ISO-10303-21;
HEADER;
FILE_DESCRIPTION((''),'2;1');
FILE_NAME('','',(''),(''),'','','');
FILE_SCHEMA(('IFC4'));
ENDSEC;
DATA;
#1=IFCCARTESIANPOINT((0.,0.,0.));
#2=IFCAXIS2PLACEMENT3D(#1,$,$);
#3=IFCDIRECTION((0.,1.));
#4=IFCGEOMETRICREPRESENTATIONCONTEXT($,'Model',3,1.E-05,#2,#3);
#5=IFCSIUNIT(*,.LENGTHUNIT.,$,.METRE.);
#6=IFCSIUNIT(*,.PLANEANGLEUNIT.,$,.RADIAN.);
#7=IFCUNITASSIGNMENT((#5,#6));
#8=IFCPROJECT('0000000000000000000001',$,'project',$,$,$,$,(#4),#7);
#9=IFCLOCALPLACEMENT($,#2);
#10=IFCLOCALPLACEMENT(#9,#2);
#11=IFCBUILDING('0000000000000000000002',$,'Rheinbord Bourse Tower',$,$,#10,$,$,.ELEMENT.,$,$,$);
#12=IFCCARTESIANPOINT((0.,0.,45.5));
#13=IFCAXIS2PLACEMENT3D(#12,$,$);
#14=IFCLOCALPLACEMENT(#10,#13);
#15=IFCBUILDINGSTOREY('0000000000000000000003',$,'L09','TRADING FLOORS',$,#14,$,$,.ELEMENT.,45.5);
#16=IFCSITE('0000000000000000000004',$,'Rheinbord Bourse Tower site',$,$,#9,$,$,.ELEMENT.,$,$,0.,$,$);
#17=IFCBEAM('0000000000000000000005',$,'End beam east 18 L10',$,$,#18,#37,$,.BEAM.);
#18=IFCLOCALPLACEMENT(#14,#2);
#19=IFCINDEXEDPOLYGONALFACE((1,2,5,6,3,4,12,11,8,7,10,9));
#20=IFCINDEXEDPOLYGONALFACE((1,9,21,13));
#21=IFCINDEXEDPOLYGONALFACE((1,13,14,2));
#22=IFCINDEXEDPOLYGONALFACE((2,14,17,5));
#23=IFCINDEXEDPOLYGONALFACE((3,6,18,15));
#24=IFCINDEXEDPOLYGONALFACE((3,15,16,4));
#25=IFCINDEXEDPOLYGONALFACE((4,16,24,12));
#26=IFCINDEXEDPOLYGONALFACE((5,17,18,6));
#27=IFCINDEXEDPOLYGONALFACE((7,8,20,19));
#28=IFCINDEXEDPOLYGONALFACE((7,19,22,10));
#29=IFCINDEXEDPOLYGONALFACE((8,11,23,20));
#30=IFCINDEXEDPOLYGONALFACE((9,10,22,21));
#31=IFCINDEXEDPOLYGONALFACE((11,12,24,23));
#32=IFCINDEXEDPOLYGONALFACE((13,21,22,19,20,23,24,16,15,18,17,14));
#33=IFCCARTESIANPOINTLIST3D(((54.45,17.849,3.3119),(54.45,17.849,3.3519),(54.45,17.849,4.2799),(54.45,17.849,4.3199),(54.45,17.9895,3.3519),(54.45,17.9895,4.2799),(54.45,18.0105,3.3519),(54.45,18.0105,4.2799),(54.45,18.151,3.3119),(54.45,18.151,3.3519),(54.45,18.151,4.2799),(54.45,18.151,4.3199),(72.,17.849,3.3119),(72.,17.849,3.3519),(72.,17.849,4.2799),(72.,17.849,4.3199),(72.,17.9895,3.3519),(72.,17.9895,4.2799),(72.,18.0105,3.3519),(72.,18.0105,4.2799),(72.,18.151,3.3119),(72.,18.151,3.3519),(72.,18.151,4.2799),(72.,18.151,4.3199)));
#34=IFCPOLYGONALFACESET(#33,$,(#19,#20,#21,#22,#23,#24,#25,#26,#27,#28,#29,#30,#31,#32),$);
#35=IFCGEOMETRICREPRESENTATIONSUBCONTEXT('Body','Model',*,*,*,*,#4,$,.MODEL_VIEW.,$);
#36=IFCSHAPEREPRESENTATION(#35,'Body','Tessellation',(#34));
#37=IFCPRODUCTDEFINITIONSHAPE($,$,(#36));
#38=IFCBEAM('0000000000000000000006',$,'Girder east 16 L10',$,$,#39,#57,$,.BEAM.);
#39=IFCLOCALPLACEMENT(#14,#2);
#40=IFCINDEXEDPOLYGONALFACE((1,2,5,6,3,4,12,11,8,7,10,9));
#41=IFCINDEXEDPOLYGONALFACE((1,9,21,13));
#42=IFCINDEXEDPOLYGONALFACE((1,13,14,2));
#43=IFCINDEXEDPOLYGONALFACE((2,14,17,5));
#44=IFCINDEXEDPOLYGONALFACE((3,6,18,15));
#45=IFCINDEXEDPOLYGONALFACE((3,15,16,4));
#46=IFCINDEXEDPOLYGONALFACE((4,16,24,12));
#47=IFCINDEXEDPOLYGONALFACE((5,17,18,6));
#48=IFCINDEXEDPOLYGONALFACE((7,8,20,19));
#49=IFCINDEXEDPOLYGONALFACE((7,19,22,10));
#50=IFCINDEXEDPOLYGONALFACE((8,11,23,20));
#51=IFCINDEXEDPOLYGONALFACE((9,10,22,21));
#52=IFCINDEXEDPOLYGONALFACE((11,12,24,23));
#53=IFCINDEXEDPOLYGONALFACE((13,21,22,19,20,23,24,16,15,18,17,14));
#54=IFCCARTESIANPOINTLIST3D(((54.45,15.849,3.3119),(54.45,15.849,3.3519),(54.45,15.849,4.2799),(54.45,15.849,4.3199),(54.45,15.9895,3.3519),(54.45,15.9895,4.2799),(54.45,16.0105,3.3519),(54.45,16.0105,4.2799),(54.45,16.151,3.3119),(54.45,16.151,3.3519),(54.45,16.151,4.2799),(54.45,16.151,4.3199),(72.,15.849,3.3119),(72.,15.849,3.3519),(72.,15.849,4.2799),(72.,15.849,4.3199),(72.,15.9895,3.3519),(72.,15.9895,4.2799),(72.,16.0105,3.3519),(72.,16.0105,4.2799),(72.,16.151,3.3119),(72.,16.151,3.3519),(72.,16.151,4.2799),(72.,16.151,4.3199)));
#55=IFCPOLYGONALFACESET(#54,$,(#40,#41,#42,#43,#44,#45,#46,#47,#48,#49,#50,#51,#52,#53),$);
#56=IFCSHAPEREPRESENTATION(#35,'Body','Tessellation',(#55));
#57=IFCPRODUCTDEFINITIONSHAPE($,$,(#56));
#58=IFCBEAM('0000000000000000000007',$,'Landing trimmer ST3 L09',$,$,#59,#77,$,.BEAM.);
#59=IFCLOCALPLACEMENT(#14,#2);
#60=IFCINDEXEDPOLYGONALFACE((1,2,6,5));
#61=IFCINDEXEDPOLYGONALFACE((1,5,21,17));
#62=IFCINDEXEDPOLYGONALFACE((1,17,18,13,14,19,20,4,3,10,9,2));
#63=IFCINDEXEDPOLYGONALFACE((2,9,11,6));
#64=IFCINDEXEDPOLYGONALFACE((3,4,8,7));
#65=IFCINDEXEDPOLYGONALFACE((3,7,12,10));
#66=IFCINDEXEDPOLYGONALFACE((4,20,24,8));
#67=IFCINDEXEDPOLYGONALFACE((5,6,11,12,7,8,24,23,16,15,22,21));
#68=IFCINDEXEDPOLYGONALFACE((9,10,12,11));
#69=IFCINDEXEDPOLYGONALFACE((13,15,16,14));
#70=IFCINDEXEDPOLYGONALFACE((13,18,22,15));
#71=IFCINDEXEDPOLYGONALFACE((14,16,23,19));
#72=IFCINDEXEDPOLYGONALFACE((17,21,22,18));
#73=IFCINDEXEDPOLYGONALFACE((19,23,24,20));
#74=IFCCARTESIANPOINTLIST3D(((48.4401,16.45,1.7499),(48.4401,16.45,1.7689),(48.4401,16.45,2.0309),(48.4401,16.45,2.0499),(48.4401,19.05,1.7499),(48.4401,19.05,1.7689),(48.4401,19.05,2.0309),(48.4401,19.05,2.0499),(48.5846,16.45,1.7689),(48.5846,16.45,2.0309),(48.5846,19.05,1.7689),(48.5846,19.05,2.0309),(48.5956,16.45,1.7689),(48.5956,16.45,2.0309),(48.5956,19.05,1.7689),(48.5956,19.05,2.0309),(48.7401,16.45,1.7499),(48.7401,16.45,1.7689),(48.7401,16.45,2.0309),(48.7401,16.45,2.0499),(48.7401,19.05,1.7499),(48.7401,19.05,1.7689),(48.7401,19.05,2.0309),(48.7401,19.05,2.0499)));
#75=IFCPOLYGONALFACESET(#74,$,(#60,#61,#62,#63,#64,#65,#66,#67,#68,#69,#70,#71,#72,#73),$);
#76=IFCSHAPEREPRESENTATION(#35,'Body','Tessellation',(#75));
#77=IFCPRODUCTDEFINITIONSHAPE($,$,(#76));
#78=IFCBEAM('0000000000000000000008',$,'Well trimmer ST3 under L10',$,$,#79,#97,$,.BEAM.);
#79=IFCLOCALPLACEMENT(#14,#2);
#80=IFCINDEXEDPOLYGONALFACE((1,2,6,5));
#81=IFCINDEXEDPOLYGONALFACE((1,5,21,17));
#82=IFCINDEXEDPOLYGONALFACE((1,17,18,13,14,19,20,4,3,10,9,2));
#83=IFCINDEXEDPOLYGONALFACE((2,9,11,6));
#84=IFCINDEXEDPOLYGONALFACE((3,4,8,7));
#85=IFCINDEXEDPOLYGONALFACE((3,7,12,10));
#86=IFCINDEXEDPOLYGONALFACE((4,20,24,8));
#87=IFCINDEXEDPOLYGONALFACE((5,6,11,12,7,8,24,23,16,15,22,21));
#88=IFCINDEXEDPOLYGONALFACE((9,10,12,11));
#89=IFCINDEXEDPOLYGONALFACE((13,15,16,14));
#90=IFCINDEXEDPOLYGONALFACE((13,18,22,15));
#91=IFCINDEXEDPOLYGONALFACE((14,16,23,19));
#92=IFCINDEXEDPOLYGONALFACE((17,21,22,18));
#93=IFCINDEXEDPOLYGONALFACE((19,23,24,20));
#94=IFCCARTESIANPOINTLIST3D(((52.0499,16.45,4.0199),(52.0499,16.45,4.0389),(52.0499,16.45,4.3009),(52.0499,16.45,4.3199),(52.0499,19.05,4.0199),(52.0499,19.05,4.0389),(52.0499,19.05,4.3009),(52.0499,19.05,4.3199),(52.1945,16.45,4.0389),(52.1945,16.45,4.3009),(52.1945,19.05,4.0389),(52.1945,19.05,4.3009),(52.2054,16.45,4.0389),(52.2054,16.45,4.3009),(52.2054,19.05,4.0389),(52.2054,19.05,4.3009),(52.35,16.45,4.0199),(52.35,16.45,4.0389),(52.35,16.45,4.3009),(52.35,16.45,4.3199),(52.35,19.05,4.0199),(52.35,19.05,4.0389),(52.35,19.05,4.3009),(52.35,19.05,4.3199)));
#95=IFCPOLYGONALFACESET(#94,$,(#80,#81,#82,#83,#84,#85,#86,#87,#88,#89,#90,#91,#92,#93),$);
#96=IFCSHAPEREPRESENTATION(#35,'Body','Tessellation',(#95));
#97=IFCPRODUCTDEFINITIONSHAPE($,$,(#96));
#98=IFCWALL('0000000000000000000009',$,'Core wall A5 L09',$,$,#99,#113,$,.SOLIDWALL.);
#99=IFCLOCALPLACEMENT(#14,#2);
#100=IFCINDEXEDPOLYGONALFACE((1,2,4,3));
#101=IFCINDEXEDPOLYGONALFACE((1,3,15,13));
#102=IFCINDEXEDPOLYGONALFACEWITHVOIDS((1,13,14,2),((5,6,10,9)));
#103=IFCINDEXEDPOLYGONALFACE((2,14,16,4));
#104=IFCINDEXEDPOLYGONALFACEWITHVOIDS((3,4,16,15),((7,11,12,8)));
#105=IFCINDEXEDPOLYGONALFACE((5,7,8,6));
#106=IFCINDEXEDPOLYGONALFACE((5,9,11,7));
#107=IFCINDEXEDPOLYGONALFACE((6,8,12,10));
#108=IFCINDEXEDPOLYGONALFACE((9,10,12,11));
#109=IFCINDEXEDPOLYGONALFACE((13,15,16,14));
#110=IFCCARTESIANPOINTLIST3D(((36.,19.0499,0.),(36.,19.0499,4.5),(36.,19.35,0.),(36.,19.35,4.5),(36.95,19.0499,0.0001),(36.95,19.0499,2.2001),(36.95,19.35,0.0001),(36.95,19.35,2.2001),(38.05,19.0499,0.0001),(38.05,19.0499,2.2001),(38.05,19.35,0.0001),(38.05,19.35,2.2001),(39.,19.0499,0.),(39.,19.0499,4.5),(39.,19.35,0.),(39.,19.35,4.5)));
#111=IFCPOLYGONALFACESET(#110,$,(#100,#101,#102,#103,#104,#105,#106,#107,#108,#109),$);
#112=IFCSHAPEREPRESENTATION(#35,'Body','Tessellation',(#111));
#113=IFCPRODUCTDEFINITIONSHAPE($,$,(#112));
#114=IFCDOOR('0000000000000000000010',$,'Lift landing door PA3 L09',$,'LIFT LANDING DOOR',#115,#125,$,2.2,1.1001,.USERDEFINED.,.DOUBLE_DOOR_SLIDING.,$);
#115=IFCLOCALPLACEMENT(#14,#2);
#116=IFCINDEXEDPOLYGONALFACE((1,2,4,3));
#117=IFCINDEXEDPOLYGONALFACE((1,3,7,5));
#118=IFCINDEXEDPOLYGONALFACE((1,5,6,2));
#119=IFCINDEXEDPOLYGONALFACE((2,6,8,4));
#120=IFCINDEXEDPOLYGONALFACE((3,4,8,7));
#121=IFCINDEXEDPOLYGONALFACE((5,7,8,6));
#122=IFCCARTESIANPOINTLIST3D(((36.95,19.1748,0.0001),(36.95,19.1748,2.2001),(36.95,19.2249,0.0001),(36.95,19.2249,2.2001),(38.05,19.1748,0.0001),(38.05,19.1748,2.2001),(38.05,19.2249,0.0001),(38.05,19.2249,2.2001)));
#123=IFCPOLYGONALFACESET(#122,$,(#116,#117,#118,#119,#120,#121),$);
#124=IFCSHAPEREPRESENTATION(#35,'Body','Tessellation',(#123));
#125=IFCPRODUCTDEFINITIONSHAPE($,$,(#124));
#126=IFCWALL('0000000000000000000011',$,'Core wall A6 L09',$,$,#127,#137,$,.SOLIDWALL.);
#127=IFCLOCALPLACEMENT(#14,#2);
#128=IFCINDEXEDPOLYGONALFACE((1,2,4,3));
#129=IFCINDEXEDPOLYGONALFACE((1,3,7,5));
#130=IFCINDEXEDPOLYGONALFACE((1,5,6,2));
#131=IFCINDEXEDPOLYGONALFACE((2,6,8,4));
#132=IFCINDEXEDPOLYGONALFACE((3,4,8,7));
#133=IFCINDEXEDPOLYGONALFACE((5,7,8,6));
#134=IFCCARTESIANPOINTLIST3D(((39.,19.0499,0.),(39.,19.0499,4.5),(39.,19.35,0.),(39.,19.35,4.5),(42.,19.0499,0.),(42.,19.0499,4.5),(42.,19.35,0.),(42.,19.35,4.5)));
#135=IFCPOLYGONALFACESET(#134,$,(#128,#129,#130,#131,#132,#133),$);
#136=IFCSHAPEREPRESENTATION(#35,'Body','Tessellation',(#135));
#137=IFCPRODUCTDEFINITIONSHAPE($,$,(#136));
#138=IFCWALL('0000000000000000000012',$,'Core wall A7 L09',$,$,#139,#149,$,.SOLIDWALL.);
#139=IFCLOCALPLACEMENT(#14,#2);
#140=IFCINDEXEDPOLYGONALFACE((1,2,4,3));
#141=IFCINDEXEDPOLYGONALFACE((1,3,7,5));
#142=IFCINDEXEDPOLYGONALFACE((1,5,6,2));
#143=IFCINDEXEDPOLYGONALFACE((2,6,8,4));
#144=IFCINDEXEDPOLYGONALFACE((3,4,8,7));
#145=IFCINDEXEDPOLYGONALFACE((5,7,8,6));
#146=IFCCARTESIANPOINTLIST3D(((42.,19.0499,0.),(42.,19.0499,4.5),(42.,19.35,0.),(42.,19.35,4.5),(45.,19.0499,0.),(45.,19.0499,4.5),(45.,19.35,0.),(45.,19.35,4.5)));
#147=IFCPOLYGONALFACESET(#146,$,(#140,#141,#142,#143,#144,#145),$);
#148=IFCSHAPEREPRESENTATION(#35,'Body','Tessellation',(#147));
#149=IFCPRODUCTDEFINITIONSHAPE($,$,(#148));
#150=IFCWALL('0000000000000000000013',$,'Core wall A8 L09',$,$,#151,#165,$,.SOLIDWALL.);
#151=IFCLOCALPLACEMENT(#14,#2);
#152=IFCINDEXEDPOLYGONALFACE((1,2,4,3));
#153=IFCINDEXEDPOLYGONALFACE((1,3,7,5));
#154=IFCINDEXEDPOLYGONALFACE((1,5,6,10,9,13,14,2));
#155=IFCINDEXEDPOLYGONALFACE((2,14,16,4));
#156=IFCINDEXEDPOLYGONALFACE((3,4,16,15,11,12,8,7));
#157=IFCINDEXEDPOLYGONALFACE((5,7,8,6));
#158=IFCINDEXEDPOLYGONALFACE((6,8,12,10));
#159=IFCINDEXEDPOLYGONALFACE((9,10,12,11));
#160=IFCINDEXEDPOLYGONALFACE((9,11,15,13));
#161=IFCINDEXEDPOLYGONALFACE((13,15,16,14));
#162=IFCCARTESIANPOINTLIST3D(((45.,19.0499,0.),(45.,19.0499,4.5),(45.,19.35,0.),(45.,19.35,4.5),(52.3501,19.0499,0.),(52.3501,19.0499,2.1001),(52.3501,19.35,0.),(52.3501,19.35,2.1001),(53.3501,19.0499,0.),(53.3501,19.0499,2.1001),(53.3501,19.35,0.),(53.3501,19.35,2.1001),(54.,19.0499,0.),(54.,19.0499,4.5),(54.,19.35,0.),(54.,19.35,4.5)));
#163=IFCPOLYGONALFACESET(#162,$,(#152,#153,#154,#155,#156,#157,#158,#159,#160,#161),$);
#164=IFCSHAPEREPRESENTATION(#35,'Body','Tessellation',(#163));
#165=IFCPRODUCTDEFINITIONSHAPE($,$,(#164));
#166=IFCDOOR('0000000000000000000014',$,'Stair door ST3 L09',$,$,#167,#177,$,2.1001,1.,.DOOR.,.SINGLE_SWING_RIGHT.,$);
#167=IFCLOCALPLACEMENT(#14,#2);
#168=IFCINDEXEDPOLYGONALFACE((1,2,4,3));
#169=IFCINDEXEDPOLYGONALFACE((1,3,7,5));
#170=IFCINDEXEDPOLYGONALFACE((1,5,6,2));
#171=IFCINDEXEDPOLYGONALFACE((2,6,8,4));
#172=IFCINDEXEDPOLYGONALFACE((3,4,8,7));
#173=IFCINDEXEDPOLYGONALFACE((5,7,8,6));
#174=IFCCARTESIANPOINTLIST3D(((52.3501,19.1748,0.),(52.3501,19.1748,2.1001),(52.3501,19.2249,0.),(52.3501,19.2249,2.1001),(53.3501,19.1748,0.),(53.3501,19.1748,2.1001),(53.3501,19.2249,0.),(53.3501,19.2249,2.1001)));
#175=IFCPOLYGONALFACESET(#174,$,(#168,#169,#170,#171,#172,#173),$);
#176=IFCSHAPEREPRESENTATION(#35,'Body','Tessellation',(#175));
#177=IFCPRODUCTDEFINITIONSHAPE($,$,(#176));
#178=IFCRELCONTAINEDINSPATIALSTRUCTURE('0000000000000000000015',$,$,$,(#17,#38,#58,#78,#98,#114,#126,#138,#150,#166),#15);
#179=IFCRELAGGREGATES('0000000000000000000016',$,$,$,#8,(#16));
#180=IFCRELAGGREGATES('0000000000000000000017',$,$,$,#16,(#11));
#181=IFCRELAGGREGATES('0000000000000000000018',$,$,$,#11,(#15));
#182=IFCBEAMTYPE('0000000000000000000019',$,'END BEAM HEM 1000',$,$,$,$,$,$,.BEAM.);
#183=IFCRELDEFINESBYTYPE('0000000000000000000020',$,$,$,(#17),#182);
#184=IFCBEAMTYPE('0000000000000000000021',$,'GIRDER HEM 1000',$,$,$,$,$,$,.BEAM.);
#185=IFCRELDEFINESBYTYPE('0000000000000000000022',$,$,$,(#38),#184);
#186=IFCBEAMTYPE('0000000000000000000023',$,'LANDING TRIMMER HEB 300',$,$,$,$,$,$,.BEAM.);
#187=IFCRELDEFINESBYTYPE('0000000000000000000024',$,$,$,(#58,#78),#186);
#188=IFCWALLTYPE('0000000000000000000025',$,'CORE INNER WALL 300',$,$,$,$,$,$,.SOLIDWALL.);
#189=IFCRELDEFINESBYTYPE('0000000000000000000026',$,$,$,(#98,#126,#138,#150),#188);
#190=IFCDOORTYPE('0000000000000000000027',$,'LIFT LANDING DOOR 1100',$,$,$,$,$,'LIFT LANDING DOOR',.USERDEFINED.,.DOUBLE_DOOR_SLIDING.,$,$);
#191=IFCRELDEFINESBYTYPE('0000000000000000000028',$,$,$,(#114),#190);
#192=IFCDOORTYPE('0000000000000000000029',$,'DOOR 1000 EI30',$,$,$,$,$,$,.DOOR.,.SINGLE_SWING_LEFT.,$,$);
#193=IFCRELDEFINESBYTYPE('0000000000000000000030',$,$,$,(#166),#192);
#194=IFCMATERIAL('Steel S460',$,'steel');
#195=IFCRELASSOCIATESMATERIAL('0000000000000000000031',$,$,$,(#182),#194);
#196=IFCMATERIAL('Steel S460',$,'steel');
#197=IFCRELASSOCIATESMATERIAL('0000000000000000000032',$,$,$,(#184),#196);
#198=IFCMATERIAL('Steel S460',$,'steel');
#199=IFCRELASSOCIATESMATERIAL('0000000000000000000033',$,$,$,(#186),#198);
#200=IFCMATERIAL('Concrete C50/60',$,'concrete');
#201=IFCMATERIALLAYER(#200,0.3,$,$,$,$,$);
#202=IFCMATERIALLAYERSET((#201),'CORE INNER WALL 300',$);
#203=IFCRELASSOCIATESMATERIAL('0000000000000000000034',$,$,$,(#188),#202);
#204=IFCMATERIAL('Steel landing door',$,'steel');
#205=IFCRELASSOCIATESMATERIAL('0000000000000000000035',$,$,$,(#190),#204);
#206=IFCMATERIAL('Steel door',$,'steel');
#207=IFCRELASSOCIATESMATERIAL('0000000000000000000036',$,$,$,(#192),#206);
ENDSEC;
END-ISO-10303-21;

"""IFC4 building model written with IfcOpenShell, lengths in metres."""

from ifc_helpers import new_model, si_unit, direction, frame, frame_2d, origin, origin_2d, place, context, subcontext, project, spatial, rectangle, i_section, extrude, material, layer, layer_set, material_profile, profile_set, type_object, element, fill, save


model = new_model("IFC4")

# Units and contexts
model_context = context("Model", 3, precision=1e-05, world=origin(), true_north=direction((0.0, 1.0)))
body_context = subcontext(model_context, "Body", "Model", "MODEL_VIEW")
ifc_project = project(units=[si_unit("LENGTHUNIT", "METRE"), si_unit("PLANEANGLEUNIT", "RADIAN")], contexts=[model_context])

# Site, building, storey
site_placement = place(None, origin())
site = spatial("IfcSite", under=ifc_project, at=site_placement, Name="Rheinbord Bourse Tower site", CompositionType="ELEMENT", RefElevation=0.0)
building_placement = place(site_placement, origin())
building = spatial("IfcBuilding", under=site, at=building_placement, Name="Rheinbord Bourse Tower", CompositionType="ELEMENT")
storey_placement = place(building_placement, frame((0.0, 0.0, 45.5)))
storey = spatial("IfcBuildingStorey", under=building, at=storey_placement, Name="L09", Description="TRADING FLOORS", CompositionType="ELEMENT", Elevation=45.5)

# Beams
ifc_material_1 = material(Name="Steel S460", Category="steel")
ifc_material_profile_1 = material_profile(ifc_material_1, i_section(OverallWidth=0.302, OverallDepth=1.0081, WebThickness=0.021, FlangeThickness=0.04, at=origin_2d()), Name="HEM 1000")
ifc_profile_set_1 = profile_set([ifc_material_profile_1], Name="Steel S460")
beam_type_1 = type_object("IfcBeamType", Name="END BEAM HEM 1000", PredefinedType="BEAM", material=ifc_profile_set_1)
beam_1_placement = place(storey_placement, frame((54.45, 18.0, 3.8159), z_axis=(1.0, 0.0, 0.0), x_axis=(0.0, 1.0, 0.0)))
element("IfcBeam", 1, at=beam_1_placement, inside=storey, type_object=beam_type_1, Name="End beam east 18 L10", PredefinedType="BEAM", context=body_context, shape_type="SweptSolid", body=[
    extrude(i_section(OverallWidth=0.302, OverallDepth=1.0081, WebThickness=0.021, FlangeThickness=0.04, at=origin_2d()), origin(), (0.0, 0.0, 1.0), 17.55),
])
ifc_material_2 = material(Name="Steel S460", Category="steel")
ifc_material_profile_2 = material_profile(ifc_material_2, i_section(OverallWidth=0.302, OverallDepth=1.0081, WebThickness=0.021, FlangeThickness=0.04, at=origin_2d()), Name="HEM 1000")
ifc_profile_set_2 = profile_set([ifc_material_profile_2], Name="Steel S460")
beam_type_2 = type_object("IfcBeamType", Name="GIRDER HEM 1000", PredefinedType="BEAM", material=ifc_profile_set_2)
beam_2_placement = place(storey_placement, frame((54.45, 16.0, 3.8159), z_axis=(1.0, 0.0, 0.0), x_axis=(0.0, 1.0, 0.0)))
element("IfcBeam", 2, at=beam_2_placement, inside=storey, type_object=beam_type_2, Name="Girder east 16 L10", PredefinedType="BEAM", context=body_context, shape_type="SweptSolid", body=[
    extrude(i_section(OverallWidth=0.302, OverallDepth=1.0081, WebThickness=0.021, FlangeThickness=0.04, at=origin_2d()), origin(), (0.0, 0.0, 1.0), 17.55),
])
ifc_material_3 = material(Name="Steel S460", Category="steel")
ifc_material_profile_3 = material_profile(ifc_material_3, i_section(OverallWidth=0.3, OverallDepth=0.3, WebThickness=0.011, FlangeThickness=0.019, at=origin_2d()), Name="HEB 300")
ifc_profile_set_3 = profile_set([ifc_material_profile_3], Name="Steel S460")
beam_type_3 = type_object("IfcBeamType", Name="LANDING TRIMMER HEB 300", PredefinedType="BEAM", material=ifc_profile_set_3)
for number, where, z_axis, x_axis, name in (
    (3, (48.5901, 16.45, 1.8999), (0.0, 1.0, 0.0), (-1.0, 0.0, 0.0), "Landing trimmer ST3 L09"),
    (4, (52.2, 16.45, 4.1699), (0.0, 1.0, 0.0), (-1.0, 0.0, 0.0), "Well trimmer ST3 under L10"),
):
    element("IfcBeam", number, at=place(storey_placement, frame(where, z_axis=z_axis, x_axis=x_axis)), inside=storey, type_object=beam_type_3, Name=name, PredefinedType="BEAM", context=body_context, shape_type="SweptSolid", body=[
        extrude(i_section(OverallWidth=0.3, OverallDepth=0.3, WebThickness=0.011, FlangeThickness=0.019, at=origin_2d()), origin(), (0.0, 0.0, 1.0), 2.6001),
    ])

# Wall, opening, door
ifc_material_4 = material(Name="Concrete C50/60", Category="concrete")
ifc_layer_1 = layer(ifc_material_4, 0.3)
ifc_layer_set_1 = layer_set([ifc_layer_1], Name="CORE INNER WALL 300")
wall_type_1 = type_object("IfcWallType", Name="CORE INNER WALL 300", PredefinedType="SOLIDWALL", material=ifc_layer_set_1)
wall_1_placement = place(storey_placement, frame((36.0, 19.2, 0.0), z_axis=(0.0, 0.0, 1.0), x_axis=(1.0, 0.0, 0.0)))
wall_1 = element("IfcWall", 5, at=wall_1_placement, inside=storey, type_object=wall_type_1, Name="Core wall A5 L09", PredefinedType="SOLIDWALL", context=body_context, shape_type="SweptSolid", body=[
    extrude(rectangle(XDim=3.0, YDim=0.3, at=frame_2d((1.5, 0.0))), origin(), (0.0, 0.0, 1.0), 4.5),
])
opening_1_placement = place(wall_1_placement, frame((0.95, 0.0, 0.0)))
opening_1 = element("IfcOpeningElement", 6, at=opening_1_placement, cuts=wall_1, PredefinedType="OPENING", context=body_context, shape_type="SweptSolid", body=[
    extrude(rectangle(XDim=1.1001, YDim=2.2, at=frame_2d((0.55, 1.1001))), frame((0.0, 0.1599, 0.0), z_axis=(0.0, -1.0, 0.0), x_axis=(1.0, 0.0, 0.0)), (0.0, 0.0, 1.0), 0.3201),
])
ifc_material_5 = material(Name="Steel landing door", Category="steel")
door_type_1 = type_object("IfcDoorType", Name="LIFT LANDING DOOR 1100", ElementType="LIFT LANDING DOOR", OperationType="DOUBLE_DOOR_SLIDING", PredefinedType="USERDEFINED", material=ifc_material_5)
door_1_placement = place(opening_1_placement, origin())
door_1 = element("IfcDoor", 7, at=door_1_placement, inside=storey, type_object=door_type_1, Name="Lift landing door PA3 L09", ObjectType="LIFT LANDING DOOR", OperationType="DOUBLE_DOOR_SLIDING", OverallHeight=2.2, OverallWidth=1.1001, PredefinedType="USERDEFINED", context=body_context, shape_type="SweptSolid", body=[
    extrude(rectangle(XDim=1.1001, YDim=2.2, at=frame_2d((0.55, 1.1001))), frame((0.0, 0.0249, 0.0), z_axis=(0.0, -1.0, 0.0), x_axis=(1.0, 0.0, 0.0)), (0.0, 0.0, 1.0), 0.05),
])
fill(opening_1, door_1)

# Walls
for number, where, z_axis, x_axis, name in (
    (8, (39.0, 19.2, 0.0), (0.0, 0.0, 1.0), (1.0, 0.0, 0.0), "Core wall A6 L09"),
    (9, (42.0, 19.2, 0.0), (0.0, 0.0, 1.0), (1.0, 0.0, 0.0), "Core wall A7 L09"),
):
    element("IfcWall", number, at=place(storey_placement, frame(where, z_axis=z_axis, x_axis=x_axis)), inside=storey, type_object=wall_type_1, Name=name, PredefinedType="SOLIDWALL", context=body_context, shape_type="SweptSolid", body=[
        extrude(rectangle(XDim=3.0, YDim=0.3, at=frame_2d((1.5, 0.0))), origin(), (0.0, 0.0, 1.0), 4.5),
    ])

# Wall, opening, door
wall_2_placement = place(storey_placement, frame((45.0, 19.2, 0.0), z_axis=(0.0, 0.0, 1.0), x_axis=(1.0, 0.0, 0.0)))
wall_2 = element("IfcWall", 10, at=wall_2_placement, inside=storey, type_object=wall_type_1, Name="Core wall A8 L09", PredefinedType="SOLIDWALL", context=body_context, shape_type="SweptSolid", body=[
    extrude(rectangle(XDim=9.0, YDim=0.3, at=frame_2d((4.5, 0.0))), origin(), (0.0, 0.0, 1.0), 4.5),
])
opening_2_placement = place(wall_2_placement, frame((7.3501, 0.0, 0.0)))
opening_2 = element("IfcOpeningElement", 11, at=opening_2_placement, cuts=wall_2, PredefinedType="OPENING", context=body_context, shape_type="SweptSolid", body=[
    extrude(rectangle(XDim=1.0, YDim=2.1001, at=frame_2d((0.5, 1.05))), frame((0.0, 0.1599, 0.0), z_axis=(0.0, -1.0, 0.0), x_axis=(1.0, 0.0, 0.0)), (0.0, 0.0, 1.0), 0.3201),
])
ifc_material_6 = material(Name="Steel door", Category="steel")
door_type_2 = type_object("IfcDoorType", Name="DOOR 1000 EI30", OperationType="SINGLE_SWING_LEFT", PredefinedType="DOOR", material=ifc_material_6)
door_2_placement = place(opening_2_placement, origin())
door_2 = element("IfcDoor", 12, at=door_2_placement, inside=storey, type_object=door_type_2, Name="Stair door ST3 L09", OperationType="SINGLE_SWING_RIGHT", OverallHeight=2.1001, OverallWidth=1.0, PredefinedType="DOOR", context=body_context, shape_type="SweptSolid", body=[
    extrude(rectangle(XDim=1.0, YDim=2.1001, at=frame_2d((0.5, 1.05))), frame((0.0, 0.0249, 0.0), z_axis=(0.0, -1.0, 0.0), x_axis=(1.0, 0.0, 0.0)), (0.0, 0.0, 1.0), 0.05),
])
fill(opening_2, door_2)

save(model, "model.ifc")
